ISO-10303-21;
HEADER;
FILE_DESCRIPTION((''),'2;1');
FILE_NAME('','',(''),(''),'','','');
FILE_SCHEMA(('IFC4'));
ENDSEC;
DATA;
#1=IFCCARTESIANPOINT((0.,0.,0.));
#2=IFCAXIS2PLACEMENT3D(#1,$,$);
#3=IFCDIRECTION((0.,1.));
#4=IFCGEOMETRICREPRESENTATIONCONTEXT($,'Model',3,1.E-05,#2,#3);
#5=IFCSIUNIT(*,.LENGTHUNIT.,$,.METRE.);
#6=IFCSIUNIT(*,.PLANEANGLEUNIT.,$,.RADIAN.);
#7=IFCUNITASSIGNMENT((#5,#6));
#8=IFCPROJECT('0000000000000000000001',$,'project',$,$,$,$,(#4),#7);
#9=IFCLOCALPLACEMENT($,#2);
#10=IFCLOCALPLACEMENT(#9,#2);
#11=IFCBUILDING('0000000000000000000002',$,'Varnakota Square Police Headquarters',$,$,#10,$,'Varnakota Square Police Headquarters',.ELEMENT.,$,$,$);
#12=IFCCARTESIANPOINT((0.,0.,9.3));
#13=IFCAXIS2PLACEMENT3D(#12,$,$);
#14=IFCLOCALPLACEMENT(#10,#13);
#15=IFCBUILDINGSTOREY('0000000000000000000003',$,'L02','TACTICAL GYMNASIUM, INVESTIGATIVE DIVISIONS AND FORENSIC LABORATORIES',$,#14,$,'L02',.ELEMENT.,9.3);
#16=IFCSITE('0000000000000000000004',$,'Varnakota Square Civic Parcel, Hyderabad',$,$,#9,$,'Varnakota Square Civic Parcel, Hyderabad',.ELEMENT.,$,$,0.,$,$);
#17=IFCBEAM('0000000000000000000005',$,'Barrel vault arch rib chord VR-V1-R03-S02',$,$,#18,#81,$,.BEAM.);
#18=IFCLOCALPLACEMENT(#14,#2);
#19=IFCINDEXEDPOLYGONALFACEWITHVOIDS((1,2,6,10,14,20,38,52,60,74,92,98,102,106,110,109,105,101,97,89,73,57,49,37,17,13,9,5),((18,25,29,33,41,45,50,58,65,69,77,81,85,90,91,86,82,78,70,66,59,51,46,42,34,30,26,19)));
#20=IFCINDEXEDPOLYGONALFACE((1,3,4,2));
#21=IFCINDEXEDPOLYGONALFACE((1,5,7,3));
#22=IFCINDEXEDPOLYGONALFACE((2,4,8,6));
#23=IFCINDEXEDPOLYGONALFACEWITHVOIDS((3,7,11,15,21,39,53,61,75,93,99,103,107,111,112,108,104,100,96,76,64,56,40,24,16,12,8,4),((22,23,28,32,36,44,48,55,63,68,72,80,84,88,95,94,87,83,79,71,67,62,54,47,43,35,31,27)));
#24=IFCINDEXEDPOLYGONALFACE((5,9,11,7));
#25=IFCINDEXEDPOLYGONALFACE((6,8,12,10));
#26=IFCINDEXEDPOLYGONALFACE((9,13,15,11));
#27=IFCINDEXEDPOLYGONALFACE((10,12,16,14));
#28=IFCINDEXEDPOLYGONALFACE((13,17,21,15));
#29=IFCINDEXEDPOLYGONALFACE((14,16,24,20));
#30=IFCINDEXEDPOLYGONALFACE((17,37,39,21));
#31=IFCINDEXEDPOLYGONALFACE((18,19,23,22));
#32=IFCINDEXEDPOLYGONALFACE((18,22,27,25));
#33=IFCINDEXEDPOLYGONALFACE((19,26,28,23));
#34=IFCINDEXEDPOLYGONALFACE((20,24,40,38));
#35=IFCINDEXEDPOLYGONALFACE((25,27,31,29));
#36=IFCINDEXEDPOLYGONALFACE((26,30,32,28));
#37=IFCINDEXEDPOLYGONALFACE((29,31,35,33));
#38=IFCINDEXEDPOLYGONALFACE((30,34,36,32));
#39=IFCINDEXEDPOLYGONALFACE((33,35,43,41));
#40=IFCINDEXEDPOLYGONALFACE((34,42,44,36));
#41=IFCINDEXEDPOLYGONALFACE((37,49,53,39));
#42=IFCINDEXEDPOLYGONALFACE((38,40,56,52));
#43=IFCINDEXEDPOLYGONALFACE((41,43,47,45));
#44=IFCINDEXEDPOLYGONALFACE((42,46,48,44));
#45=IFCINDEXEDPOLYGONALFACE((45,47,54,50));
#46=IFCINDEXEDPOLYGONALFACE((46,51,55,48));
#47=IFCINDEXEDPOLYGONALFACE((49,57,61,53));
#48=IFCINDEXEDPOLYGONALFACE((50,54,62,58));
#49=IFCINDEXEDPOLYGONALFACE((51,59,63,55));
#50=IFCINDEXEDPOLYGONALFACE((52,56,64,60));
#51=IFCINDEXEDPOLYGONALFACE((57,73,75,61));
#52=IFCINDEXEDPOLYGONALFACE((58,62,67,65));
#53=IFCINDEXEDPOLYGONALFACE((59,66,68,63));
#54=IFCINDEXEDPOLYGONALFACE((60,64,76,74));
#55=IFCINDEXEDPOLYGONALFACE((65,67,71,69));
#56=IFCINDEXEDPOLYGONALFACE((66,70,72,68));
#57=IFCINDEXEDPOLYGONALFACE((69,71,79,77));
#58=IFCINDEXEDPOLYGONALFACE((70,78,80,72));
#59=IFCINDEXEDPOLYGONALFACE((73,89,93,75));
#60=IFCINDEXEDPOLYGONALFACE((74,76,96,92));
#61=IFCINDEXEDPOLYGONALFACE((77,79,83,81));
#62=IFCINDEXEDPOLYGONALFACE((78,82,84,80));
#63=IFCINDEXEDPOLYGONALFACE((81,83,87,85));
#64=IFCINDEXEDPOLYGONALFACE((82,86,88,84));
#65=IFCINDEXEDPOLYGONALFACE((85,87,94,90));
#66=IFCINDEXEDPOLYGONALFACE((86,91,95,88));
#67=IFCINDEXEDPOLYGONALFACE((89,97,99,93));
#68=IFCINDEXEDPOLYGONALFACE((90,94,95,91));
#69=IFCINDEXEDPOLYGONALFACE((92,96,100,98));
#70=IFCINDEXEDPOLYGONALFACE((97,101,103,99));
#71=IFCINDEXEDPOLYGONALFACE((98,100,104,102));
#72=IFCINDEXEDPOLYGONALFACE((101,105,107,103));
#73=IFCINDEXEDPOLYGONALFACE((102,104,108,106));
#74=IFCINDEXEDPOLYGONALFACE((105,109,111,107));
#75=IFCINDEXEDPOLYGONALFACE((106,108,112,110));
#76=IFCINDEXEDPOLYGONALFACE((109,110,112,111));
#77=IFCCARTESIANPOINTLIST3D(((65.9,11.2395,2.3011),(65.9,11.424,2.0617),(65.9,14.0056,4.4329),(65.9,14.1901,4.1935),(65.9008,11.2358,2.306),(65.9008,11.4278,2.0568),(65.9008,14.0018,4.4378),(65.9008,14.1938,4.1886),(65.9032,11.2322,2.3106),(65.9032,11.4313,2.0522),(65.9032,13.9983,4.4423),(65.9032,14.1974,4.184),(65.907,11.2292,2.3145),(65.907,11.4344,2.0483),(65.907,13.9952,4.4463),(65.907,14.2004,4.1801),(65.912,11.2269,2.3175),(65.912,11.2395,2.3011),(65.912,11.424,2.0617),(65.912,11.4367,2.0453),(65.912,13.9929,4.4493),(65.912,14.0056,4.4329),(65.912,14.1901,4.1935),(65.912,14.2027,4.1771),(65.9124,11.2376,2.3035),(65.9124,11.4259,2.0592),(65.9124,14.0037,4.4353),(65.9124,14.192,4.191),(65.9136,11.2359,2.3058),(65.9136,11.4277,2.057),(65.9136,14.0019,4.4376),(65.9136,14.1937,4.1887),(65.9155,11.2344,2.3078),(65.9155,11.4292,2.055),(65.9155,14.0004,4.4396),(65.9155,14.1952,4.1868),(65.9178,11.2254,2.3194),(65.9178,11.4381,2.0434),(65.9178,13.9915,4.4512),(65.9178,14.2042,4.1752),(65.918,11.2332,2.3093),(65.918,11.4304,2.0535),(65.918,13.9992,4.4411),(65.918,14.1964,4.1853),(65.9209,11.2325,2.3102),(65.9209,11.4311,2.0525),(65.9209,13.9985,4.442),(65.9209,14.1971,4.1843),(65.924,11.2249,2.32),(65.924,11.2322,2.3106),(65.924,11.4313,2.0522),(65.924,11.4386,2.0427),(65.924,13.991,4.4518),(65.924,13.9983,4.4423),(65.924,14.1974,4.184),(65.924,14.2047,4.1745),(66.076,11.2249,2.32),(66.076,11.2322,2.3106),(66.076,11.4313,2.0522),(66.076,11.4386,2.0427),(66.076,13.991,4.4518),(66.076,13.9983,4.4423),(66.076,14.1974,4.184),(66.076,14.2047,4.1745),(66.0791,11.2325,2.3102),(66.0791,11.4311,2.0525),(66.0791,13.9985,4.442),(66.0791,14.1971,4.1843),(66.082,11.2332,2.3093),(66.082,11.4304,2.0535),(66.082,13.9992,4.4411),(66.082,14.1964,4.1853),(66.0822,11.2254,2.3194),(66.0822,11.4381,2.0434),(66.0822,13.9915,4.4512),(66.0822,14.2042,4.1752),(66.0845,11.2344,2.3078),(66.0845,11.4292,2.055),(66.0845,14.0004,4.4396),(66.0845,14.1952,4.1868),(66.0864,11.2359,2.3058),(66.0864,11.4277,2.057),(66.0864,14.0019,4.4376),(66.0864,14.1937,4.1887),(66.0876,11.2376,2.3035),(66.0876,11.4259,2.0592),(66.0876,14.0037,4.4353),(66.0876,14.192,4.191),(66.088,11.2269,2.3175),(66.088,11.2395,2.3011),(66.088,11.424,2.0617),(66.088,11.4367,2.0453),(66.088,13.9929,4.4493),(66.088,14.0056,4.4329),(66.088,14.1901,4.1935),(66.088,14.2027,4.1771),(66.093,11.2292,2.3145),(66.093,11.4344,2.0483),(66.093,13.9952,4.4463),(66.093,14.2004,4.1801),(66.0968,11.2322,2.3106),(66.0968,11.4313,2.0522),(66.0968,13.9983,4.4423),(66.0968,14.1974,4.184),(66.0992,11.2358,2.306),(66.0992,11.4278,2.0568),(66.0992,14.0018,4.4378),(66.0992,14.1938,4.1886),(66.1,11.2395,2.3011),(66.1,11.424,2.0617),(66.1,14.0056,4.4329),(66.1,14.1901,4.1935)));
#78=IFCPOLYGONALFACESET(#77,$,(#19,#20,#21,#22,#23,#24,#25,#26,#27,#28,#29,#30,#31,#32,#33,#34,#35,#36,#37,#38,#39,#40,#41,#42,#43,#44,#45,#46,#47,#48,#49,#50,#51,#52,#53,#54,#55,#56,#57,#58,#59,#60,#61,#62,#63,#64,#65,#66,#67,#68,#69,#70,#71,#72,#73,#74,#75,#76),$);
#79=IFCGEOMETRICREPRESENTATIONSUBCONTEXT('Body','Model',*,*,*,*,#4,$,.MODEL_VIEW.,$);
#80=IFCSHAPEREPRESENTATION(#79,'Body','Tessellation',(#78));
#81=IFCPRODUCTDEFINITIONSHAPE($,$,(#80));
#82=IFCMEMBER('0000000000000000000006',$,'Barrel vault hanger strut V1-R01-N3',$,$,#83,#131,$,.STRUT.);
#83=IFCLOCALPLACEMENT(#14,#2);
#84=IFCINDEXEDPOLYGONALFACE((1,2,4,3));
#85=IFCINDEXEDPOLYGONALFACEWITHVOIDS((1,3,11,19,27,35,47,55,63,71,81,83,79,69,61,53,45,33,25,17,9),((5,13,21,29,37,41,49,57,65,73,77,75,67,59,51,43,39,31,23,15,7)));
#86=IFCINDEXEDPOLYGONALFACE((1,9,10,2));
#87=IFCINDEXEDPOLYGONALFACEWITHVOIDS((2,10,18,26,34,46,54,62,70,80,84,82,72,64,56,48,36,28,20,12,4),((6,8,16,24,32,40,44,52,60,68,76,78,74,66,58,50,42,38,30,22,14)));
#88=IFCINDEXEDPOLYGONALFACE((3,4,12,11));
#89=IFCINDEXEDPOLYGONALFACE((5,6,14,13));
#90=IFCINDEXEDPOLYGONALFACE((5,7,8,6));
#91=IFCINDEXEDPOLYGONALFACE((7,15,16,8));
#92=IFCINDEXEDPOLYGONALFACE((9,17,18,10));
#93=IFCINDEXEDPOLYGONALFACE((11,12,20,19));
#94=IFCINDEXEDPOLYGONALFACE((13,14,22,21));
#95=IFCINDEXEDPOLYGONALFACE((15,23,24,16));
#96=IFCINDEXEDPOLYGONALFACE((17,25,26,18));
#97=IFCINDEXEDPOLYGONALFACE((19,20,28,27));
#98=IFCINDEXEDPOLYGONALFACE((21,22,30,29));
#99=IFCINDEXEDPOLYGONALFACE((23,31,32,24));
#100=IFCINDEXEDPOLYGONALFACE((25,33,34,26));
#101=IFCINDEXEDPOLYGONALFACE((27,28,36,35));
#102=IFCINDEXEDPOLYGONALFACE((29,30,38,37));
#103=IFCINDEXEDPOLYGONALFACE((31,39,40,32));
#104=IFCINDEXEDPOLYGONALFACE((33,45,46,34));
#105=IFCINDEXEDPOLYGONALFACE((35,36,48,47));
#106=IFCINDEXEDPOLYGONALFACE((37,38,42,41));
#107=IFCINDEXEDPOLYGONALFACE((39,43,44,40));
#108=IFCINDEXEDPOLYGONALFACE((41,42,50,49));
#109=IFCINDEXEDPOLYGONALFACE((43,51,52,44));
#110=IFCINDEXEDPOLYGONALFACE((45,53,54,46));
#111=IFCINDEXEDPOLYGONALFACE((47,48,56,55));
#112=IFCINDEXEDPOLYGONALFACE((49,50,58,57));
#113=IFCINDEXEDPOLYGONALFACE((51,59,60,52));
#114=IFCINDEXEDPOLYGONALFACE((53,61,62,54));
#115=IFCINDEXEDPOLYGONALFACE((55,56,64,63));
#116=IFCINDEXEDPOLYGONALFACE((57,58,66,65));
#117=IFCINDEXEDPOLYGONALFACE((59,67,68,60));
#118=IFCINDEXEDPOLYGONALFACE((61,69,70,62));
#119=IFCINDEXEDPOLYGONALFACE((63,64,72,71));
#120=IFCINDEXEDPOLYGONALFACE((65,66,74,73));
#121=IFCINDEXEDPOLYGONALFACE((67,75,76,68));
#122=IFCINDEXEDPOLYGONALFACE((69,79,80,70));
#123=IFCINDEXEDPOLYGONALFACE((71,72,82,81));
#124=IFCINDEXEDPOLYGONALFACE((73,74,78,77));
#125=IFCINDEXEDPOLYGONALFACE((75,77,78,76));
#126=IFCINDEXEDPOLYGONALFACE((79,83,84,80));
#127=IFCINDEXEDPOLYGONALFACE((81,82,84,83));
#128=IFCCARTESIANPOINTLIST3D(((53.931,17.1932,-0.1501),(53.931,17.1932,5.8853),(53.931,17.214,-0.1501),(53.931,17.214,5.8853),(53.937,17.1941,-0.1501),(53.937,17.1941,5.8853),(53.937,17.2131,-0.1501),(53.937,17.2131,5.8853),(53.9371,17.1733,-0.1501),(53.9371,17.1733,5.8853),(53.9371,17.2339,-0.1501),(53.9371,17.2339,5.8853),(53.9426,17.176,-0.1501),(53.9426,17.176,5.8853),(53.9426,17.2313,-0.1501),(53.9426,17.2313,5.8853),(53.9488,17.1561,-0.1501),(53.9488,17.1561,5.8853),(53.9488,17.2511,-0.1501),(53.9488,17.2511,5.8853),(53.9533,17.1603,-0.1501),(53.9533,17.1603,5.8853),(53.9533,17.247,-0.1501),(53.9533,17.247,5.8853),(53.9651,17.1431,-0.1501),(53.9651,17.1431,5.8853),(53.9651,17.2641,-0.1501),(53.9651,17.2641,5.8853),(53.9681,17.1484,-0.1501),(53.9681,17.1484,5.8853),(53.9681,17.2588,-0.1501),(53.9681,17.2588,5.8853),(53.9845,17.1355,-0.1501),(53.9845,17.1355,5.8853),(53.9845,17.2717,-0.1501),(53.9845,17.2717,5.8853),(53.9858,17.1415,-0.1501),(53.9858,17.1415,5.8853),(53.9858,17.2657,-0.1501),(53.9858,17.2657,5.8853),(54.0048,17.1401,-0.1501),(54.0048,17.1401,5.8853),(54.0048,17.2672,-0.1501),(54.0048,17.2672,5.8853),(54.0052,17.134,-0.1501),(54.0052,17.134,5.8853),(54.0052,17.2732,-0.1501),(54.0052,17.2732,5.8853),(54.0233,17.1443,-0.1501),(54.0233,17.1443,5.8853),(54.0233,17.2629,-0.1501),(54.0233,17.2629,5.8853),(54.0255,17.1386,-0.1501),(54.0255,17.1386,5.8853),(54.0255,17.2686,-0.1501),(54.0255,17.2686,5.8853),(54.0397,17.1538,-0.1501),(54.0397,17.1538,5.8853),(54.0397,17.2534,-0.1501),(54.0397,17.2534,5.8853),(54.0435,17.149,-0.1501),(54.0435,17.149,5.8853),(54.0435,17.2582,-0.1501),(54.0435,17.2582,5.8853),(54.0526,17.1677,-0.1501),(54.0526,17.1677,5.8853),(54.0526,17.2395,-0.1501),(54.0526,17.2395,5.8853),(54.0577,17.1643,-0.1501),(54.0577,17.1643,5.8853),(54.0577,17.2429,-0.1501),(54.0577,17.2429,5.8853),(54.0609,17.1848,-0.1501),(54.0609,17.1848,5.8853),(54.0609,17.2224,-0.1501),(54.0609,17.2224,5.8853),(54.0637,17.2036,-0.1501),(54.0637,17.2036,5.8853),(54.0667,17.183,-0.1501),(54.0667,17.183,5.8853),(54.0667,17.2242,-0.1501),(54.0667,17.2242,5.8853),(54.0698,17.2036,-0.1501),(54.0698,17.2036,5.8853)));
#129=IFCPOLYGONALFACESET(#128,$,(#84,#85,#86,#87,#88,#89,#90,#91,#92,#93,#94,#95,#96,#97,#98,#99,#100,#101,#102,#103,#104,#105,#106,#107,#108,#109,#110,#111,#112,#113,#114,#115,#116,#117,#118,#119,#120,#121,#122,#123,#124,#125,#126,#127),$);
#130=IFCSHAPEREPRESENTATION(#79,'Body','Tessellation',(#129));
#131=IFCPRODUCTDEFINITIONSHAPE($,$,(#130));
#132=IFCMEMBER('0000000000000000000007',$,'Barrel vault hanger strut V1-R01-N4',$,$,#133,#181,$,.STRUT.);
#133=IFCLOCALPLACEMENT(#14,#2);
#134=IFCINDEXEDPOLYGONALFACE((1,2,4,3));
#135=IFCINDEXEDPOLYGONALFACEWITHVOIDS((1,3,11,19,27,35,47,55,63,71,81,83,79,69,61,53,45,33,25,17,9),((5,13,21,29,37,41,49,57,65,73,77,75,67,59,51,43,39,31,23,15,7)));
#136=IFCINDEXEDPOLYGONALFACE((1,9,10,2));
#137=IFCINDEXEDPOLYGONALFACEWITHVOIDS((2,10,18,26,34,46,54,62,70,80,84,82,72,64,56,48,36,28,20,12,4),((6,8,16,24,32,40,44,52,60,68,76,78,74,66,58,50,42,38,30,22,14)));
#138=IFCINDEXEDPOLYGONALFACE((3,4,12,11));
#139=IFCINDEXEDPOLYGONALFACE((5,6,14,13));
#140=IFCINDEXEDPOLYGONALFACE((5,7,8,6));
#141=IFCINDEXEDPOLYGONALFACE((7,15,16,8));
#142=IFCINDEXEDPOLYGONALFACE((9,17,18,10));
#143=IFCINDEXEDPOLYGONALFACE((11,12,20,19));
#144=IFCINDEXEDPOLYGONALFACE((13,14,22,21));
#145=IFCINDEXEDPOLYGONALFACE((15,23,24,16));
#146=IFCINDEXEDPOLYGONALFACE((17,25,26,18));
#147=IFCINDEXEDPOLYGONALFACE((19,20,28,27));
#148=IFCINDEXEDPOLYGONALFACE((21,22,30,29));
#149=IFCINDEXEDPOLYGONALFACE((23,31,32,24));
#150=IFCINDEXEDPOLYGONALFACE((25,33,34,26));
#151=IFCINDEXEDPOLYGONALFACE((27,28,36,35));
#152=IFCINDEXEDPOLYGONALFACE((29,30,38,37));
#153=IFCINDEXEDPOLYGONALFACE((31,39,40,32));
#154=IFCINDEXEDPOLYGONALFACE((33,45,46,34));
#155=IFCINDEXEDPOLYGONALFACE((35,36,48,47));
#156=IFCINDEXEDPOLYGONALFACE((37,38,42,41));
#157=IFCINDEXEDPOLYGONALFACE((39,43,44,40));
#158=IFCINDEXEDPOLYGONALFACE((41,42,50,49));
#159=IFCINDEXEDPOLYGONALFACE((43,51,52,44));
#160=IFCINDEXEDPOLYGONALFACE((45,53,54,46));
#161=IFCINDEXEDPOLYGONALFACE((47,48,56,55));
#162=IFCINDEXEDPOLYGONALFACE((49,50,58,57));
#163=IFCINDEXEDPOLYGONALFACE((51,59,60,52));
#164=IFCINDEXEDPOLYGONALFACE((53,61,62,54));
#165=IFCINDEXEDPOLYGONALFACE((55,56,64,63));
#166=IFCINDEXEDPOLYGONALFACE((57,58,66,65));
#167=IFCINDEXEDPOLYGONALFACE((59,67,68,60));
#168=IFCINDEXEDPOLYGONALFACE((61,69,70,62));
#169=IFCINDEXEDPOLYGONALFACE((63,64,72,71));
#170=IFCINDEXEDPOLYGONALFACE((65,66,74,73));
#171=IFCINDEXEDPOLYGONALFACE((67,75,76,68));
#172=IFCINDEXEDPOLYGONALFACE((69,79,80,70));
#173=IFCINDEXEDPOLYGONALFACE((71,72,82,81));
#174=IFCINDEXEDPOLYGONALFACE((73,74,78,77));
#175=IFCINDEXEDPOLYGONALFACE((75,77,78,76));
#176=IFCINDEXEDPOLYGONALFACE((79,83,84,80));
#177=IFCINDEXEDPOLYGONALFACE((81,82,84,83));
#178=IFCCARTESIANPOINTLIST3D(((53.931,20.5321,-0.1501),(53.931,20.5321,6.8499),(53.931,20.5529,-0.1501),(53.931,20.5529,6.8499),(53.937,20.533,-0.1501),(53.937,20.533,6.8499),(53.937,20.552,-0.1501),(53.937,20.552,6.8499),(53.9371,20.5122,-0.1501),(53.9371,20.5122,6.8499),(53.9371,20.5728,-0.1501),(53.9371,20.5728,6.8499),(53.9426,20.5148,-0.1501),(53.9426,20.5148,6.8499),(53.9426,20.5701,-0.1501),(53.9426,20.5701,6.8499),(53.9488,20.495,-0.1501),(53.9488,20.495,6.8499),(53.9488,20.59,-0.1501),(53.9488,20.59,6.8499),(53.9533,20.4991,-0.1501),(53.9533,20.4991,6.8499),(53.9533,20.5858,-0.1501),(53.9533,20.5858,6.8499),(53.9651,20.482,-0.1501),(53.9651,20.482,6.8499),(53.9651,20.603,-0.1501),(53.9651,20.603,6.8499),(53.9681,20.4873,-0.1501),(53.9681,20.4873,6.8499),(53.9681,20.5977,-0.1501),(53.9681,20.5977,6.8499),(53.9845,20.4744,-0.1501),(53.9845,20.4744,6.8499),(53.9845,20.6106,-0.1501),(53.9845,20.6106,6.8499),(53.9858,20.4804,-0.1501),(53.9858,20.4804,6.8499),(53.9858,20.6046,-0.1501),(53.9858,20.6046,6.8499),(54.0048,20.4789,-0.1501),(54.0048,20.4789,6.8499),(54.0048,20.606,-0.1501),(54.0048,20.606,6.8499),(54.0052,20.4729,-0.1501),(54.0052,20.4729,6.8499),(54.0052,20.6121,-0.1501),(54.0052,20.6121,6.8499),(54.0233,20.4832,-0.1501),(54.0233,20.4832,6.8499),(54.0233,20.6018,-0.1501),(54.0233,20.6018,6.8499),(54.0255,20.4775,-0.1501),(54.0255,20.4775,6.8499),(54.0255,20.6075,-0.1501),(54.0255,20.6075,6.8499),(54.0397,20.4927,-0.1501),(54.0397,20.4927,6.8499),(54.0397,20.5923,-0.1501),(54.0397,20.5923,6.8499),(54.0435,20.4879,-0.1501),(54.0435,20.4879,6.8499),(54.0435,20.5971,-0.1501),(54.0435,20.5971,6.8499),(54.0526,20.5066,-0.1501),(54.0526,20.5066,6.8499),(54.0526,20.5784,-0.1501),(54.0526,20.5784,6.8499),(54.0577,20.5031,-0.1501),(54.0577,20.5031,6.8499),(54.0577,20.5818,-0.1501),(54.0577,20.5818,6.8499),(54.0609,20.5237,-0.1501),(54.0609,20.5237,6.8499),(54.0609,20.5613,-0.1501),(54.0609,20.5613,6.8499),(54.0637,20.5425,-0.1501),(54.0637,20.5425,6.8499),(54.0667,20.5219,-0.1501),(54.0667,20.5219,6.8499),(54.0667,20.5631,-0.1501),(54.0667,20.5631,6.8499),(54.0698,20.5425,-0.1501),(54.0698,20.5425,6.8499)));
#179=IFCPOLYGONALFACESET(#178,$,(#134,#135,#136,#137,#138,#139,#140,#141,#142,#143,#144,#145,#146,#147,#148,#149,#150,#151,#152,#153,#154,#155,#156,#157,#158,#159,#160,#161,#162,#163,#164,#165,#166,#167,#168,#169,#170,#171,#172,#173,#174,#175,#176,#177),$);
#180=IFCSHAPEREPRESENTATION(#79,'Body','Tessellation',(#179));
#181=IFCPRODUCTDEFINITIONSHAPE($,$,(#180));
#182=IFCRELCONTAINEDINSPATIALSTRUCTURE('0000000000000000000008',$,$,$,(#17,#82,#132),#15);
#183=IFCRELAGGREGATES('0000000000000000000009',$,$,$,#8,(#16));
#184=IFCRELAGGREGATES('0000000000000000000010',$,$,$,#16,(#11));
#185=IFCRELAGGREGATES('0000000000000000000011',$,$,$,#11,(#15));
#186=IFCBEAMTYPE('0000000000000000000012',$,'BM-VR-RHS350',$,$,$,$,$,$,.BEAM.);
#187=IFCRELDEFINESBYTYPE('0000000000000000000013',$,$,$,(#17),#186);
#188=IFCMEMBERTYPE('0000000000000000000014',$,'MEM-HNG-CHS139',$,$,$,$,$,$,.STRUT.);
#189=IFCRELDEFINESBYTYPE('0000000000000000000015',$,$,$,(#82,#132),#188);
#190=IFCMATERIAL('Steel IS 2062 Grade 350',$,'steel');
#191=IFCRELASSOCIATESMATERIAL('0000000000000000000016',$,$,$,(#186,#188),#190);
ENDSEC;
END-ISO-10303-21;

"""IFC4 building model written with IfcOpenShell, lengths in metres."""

from ifc_helpers import new_model, si_unit, direction, frame, origin, origin_2d, place, context, subcontext, project, spatial, hollow_rectangle, hollow_circle, extrude, material, material_profile, profile_set, type_object, element, save


model = new_model("IFC4")

# Units and contexts
model_context = context("Model", 3, precision=1e-05, world=origin(), true_north=direction((0.0, 1.0)))
body_context = subcontext(model_context, "Body", "Model", "MODEL_VIEW")
ifc_project = project(units=[si_unit("LENGTHUNIT", "METRE"), si_unit("PLANEANGLEUNIT", "RADIAN")], contexts=[model_context])

# Site, building, storey
site_placement = place(None, origin())
site = spatial("IfcSite", under=ifc_project, at=site_placement, Name="Varnakota Square Civic Parcel, Hyderabad", LongName="Varnakota Square Civic Parcel, Hyderabad", CompositionType="ELEMENT", RefElevation=0.0)
building_placement = place(site_placement, origin())
building = spatial("IfcBuilding", under=site, at=building_placement, Name="Varnakota Square Police Headquarters", LongName="Varnakota Square Police Headquarters", CompositionType="ELEMENT")
storey_placement = place(building_placement, frame((0.0, 0.0, 9.3)))
storey = spatial("IfcBuildingStorey", under=building, at=storey_placement, Name="L02", Description="TACTICAL GYMNASIUM, INVESTIGATIVE DIVISIONS AND FORENSIC LABORATORIES", LongName="L02", CompositionType="ELEMENT", Elevation=9.3)

# Shared definitions
ifc_material_1 = material(Name="Steel IS 2062 Grade 350", Category="steel")

# Beam
ifc_material_profile_1 = material_profile(ifc_material_1, hollow_rectangle(XDim=0.2, YDim=0.3501, WallThickness=0.012, InnerFilletRadius=0.012, OuterFilletRadius=0.0239, at=origin_2d()), Name="RHS 350x200x12")
ifc_profile_set_1 = profile_set([ifc_material_profile_1], Name="Steel IS 2062 Grade 350")
beam_type = type_object("IfcBeamType", Name="BM-VR-RHS350", PredefinedType="BEAM", material=ifc_profile_set_1)
for number, where, z_axis, x_axis, name in (
    (1, (66.0, 11.3318, 2.1814), (0.0, 0.792062, 0.61044), (-1.0, 0.0, 0.0), "Barrel vault arch rib chord VR-V1-R03-S02"),
):
    element("IfcBeam", number, at=place(storey_placement, frame(where, z_axis=z_axis, x_axis=x_axis)), inside=storey, type_object=beam_type, Name=name, PredefinedType="BEAM", context=body_context, shape_type="SweptSolid", body=[
        extrude(hollow_rectangle(XDim=0.2, YDim=0.3501, WallThickness=0.012, InnerFilletRadius=0.012, OuterFilletRadius=0.0239, at=origin_2d()), origin(), (0.0, 0.0, 1.0), 3.4922),
    ])

# Members
ifc_material_profile_2 = material_profile(ifc_material_1, hollow_circle(Radius=0.0698, WallThickness=0.0061, at=origin_2d()), Name="CHS 139.7x6.0")
ifc_profile_set_2 = profile_set([ifc_material_profile_2], Name="Steel IS 2062 Grade 350")
member_type_1 = type_object("IfcMemberType", Name="MEM-HNG-CHS139", PredefinedType="STRUT", material=ifc_profile_set_2)
member_1_placement = place(storey_placement, frame((54.0, 17.2036, -0.1501), z_axis=(0.0, 0.0, 1.0), x_axis=(1.0, 0.0, 0.0)))
element("IfcMember", 2, at=member_1_placement, inside=storey, type_object=member_type_1, Name="Barrel vault hanger strut V1-R01-N3", PredefinedType="STRUT", context=body_context, shape_type="SweptSolid", body=[
    extrude(hollow_circle(Radius=0.0698, WallThickness=0.0061, at=origin_2d()), origin(), (0.0, 0.0, 1.0), 6.0354),
])
member_2_placement = place(storey_placement, frame((54.0, 20.5425, -0.1501), z_axis=(0.0, 0.0, 1.0), x_axis=(1.0, 0.0, 0.0)))
element("IfcMember", 3, at=member_2_placement, inside=storey, type_object=member_type_1, Name="Barrel vault hanger strut V1-R01-N4", PredefinedType="STRUT", context=body_context, shape_type="SweptSolid", body=[
    extrude(hollow_circle(Radius=0.0698, WallThickness=0.0061, at=origin_2d()), origin(), (0.0, 0.0, 1.0), 7.0),
])

save(model, "model.ifc")
